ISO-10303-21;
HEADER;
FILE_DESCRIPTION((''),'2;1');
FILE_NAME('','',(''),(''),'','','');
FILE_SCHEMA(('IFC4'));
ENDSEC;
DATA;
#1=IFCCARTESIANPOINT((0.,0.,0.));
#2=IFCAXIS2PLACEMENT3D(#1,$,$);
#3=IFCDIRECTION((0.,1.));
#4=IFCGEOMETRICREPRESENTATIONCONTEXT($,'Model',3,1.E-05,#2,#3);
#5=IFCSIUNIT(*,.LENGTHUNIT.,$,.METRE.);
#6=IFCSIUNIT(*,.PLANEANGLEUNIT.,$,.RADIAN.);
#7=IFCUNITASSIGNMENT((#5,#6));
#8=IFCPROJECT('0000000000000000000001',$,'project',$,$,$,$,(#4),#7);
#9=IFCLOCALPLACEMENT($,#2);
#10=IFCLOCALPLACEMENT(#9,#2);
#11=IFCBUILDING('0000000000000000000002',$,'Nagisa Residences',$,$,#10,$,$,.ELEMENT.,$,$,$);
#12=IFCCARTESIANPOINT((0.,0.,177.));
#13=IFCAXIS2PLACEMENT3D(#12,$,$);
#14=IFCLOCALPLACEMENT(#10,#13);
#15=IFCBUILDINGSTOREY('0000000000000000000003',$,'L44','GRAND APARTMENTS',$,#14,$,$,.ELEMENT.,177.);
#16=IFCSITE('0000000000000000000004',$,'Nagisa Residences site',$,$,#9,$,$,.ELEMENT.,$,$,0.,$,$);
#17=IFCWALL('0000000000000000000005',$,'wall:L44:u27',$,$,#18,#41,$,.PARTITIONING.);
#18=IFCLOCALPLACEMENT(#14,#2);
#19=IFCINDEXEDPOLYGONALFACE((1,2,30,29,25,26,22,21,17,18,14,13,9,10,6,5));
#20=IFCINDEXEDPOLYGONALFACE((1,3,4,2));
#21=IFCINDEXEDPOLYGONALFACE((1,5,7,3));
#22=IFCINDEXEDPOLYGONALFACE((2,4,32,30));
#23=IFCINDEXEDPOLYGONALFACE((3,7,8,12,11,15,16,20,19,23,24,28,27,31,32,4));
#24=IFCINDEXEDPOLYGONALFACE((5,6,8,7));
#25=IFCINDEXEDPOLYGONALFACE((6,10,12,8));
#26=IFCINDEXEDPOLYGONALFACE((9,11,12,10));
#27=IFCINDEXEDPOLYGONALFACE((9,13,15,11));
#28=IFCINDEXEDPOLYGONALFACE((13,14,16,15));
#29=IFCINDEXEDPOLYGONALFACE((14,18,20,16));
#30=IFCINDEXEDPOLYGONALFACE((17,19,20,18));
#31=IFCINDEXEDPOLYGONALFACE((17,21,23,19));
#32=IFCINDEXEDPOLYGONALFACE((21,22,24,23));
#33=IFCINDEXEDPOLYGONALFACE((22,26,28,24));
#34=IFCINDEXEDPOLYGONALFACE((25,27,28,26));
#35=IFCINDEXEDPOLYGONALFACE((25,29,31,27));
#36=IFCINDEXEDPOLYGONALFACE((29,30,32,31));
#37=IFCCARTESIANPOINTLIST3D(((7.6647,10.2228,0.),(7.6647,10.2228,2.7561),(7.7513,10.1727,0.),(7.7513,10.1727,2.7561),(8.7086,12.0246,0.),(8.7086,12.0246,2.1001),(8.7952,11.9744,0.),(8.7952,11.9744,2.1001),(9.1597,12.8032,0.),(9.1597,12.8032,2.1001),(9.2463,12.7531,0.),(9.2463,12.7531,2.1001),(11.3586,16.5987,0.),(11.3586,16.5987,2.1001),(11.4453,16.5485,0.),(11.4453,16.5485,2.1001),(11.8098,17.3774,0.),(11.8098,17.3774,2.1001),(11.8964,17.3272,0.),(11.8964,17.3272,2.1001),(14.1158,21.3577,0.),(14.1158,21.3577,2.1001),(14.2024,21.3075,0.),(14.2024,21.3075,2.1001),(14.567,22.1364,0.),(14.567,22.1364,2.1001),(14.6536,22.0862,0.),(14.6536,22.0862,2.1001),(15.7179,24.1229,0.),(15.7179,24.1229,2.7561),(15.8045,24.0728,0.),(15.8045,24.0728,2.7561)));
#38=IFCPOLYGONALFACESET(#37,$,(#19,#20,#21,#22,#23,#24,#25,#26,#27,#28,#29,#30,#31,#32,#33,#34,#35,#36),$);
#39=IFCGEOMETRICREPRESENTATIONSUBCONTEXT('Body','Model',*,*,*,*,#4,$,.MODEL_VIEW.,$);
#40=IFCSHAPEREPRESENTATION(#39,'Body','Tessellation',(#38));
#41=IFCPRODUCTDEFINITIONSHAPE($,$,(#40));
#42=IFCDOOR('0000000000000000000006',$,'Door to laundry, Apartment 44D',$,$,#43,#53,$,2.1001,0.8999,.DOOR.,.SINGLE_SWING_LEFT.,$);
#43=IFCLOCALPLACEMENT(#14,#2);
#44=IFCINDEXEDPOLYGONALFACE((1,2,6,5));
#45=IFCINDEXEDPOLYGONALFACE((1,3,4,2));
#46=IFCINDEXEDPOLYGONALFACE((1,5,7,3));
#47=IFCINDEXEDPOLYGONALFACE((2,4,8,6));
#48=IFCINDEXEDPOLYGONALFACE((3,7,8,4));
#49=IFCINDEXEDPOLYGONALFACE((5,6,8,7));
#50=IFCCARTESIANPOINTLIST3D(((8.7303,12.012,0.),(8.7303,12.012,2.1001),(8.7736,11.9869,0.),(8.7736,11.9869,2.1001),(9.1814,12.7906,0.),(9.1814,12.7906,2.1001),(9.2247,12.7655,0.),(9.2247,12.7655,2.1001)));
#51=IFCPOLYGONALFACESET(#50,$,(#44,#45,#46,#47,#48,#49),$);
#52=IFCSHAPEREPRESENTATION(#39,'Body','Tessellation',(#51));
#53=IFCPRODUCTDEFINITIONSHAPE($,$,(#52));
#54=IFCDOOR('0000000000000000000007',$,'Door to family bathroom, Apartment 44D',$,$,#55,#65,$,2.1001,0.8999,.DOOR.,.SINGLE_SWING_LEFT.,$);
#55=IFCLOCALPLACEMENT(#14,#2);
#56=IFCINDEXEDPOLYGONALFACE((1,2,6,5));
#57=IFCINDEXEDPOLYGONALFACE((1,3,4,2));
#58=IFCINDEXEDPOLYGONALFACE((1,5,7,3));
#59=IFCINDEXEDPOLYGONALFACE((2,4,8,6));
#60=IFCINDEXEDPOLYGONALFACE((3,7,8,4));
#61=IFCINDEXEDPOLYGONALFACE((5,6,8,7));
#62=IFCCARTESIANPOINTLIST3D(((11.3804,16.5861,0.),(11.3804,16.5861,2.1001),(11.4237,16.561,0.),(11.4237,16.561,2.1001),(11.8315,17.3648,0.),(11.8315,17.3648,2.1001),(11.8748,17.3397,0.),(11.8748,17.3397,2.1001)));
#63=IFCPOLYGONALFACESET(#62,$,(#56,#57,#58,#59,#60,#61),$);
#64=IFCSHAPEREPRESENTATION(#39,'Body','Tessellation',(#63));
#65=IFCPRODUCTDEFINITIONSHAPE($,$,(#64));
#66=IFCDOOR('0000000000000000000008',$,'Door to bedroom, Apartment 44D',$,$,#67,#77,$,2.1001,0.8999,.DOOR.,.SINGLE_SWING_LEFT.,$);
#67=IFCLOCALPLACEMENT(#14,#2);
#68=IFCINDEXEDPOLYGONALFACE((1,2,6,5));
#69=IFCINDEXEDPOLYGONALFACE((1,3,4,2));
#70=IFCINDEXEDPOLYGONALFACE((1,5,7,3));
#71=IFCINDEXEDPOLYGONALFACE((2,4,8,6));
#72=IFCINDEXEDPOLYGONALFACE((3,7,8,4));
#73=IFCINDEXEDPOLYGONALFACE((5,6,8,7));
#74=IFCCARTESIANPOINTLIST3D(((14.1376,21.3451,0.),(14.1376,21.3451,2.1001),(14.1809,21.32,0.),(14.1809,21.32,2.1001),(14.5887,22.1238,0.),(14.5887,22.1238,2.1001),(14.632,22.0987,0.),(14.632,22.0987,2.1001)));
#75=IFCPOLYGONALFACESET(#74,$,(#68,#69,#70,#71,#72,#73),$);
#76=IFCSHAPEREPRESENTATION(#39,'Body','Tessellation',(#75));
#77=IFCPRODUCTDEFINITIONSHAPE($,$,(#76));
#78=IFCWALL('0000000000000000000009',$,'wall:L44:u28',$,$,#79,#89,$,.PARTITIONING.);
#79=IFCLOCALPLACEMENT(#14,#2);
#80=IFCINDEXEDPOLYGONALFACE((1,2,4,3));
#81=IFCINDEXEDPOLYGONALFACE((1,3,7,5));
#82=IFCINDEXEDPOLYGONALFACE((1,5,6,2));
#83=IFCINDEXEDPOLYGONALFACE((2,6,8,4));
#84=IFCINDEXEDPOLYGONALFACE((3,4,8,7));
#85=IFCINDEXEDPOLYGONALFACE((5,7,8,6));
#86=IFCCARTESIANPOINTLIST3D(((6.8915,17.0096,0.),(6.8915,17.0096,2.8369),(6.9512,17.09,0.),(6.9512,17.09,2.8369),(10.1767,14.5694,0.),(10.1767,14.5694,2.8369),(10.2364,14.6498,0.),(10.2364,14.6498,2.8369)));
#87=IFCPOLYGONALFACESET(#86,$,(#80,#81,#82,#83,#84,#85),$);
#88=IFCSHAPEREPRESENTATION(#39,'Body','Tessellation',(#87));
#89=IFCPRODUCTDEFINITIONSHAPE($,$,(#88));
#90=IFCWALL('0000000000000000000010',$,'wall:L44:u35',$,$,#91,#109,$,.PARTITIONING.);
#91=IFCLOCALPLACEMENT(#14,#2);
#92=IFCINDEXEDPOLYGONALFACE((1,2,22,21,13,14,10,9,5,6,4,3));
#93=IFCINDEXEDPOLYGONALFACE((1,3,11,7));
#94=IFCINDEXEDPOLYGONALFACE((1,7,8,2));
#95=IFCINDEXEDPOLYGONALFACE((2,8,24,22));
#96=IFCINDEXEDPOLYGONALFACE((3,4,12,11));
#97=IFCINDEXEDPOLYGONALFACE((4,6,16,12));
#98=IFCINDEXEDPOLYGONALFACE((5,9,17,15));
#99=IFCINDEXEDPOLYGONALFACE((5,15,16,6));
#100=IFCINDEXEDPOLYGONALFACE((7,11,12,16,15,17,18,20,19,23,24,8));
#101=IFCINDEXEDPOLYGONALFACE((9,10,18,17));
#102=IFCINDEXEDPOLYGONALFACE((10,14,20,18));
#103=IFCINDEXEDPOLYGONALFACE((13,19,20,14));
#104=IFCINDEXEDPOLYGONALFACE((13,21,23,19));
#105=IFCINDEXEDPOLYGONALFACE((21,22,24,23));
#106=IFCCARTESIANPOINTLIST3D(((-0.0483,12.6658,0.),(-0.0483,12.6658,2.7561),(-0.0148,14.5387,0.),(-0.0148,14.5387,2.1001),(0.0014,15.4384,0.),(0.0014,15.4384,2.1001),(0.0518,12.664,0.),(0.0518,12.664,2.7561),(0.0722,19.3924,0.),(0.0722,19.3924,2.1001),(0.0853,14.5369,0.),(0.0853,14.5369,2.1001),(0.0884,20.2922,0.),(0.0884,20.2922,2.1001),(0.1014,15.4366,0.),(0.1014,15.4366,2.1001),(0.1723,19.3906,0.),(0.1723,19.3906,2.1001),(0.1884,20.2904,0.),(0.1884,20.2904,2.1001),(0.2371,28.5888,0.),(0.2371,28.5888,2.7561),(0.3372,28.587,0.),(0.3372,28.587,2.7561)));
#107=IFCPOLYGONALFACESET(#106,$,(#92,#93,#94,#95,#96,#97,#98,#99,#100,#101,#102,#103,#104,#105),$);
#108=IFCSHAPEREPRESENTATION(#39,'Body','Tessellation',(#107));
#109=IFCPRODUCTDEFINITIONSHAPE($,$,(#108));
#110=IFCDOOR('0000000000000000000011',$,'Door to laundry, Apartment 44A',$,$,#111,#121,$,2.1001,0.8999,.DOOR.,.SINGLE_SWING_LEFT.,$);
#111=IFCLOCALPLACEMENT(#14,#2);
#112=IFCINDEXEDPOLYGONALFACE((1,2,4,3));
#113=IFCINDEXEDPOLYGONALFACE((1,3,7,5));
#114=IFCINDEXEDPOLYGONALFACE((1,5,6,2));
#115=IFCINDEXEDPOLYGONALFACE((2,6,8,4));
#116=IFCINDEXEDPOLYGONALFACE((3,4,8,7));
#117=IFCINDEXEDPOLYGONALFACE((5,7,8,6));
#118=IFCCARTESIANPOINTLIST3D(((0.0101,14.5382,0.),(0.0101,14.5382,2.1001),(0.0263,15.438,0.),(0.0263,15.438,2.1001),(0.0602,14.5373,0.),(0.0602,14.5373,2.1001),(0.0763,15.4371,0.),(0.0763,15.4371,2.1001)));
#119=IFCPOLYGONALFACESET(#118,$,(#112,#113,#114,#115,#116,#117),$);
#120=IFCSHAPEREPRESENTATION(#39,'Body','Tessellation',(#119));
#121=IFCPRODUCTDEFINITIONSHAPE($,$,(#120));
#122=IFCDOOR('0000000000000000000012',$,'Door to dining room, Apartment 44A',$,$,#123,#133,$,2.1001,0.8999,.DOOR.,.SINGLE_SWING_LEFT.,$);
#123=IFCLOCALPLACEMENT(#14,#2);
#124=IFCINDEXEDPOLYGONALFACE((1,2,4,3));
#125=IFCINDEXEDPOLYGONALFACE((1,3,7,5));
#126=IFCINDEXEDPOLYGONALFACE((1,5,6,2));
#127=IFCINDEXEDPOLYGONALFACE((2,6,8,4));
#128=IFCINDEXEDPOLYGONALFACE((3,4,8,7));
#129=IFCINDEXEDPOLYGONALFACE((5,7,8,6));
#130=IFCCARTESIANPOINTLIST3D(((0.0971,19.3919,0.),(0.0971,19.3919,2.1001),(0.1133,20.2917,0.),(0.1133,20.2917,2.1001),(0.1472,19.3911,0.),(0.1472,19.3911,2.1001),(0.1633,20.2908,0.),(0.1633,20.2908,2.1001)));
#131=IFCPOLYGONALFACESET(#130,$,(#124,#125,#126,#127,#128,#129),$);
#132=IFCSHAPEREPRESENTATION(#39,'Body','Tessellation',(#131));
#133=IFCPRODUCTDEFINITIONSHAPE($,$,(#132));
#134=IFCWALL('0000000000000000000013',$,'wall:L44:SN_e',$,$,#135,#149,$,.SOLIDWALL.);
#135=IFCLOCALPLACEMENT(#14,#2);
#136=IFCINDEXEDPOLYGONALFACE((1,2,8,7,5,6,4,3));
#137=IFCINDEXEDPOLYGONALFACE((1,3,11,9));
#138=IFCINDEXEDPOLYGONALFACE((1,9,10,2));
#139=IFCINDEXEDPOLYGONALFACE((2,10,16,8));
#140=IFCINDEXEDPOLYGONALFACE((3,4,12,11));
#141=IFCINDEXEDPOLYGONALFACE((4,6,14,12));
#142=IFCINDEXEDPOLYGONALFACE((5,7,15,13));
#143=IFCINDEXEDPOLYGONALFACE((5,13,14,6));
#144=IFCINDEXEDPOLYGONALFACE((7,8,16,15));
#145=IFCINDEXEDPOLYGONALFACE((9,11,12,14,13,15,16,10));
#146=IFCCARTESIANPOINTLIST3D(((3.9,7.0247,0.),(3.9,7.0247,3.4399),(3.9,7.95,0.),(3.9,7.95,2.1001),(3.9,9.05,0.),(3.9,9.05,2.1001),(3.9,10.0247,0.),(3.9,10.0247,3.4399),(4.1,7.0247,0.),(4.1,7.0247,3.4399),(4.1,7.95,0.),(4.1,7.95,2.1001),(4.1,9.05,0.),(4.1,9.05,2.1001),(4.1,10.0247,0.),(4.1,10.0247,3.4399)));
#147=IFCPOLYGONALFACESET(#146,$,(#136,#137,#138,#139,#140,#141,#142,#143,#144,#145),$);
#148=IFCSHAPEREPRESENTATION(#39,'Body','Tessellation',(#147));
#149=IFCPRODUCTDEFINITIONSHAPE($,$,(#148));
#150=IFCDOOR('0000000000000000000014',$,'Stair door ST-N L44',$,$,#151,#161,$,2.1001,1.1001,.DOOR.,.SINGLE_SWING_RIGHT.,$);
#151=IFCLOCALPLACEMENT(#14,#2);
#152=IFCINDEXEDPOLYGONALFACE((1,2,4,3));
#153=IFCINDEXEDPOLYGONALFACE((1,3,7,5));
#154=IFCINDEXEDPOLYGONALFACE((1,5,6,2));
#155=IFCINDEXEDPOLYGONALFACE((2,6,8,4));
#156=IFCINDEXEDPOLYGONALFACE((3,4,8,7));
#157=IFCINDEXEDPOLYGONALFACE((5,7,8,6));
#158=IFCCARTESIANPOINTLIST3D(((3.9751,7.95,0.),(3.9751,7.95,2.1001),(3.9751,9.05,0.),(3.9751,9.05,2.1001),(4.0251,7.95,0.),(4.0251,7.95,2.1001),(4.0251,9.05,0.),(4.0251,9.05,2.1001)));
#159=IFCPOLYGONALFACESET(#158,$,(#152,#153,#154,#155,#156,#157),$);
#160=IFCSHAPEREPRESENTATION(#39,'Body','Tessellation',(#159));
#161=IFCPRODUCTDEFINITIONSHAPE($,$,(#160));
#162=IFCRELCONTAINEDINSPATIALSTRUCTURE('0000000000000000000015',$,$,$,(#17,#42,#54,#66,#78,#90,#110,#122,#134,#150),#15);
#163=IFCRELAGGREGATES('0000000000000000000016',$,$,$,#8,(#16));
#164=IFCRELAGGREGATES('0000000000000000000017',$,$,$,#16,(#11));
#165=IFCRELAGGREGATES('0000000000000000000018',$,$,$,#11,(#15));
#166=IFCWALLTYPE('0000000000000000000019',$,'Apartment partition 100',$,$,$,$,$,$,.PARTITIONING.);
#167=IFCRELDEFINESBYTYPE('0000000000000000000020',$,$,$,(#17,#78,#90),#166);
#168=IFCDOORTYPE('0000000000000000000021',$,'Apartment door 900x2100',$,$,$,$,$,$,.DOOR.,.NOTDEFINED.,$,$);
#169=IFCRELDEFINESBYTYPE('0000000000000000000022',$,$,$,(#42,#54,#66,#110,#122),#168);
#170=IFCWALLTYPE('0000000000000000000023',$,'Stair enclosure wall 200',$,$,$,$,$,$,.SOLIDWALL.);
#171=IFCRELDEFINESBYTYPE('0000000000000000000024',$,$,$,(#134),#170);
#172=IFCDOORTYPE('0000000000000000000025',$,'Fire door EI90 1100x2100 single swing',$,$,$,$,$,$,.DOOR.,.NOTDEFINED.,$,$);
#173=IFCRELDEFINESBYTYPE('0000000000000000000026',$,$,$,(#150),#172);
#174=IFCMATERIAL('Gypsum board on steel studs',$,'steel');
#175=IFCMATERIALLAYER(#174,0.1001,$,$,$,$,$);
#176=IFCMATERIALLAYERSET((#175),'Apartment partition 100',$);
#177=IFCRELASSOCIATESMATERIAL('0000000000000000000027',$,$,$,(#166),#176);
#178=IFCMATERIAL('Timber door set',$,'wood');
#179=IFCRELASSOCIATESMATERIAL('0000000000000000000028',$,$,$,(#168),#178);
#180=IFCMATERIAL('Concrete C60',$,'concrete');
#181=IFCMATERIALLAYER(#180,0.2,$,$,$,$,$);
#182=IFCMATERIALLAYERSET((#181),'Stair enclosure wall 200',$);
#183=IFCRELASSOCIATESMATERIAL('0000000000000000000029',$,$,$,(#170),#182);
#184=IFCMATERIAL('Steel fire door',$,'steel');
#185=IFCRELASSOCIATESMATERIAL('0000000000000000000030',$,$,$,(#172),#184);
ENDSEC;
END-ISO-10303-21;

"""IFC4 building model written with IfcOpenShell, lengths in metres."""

from ifc_helpers import new_model, si_unit, direction, frame, frame_2d, origin, place, context, subcontext, project, spatial, rectangle, extrude, material, layer, layer_set, type_object, element, fill, save


model = new_model("IFC4")

# Units and contexts
model_context = context("Model", 3, precision=1e-05, world=origin(), true_north=direction((0.0, 1.0)))
body_context = subcontext(model_context, "Body", "Model", "MODEL_VIEW")
ifc_project = project(units=[si_unit("LENGTHUNIT", "METRE"), si_unit("PLANEANGLEUNIT", "RADIAN")], contexts=[model_context])

# Site, building, storey
site_placement = place(None, origin())
site = spatial("IfcSite", under=ifc_project, at=site_placement, Name="Nagisa Residences site", CompositionType="ELEMENT", RefElevation=0.0)
building_placement = place(site_placement, origin())
building = spatial("IfcBuilding", under=site, at=building_placement, Name="Nagisa Residences", CompositionType="ELEMENT")
storey_placement = place(building_placement, frame((0.0, 0.0, 177.0)))
storey = spatial("IfcBuildingStorey", under=building, at=storey_placement, Name="L44", Description="GRAND APARTMENTS", CompositionType="ELEMENT", Elevation=177.0)

# Wall, openings, doors
ifc_material_1 = material(Name="Gypsum board on steel studs", Category="steel")
ifc_layer_1 = layer(ifc_material_1, 0.1001)
ifc_layer_set_1 = layer_set([ifc_layer_1], Name="Apartment partition 100")
wall_type_1 = type_object("IfcWallType", Name="Apartment partition 100", PredefinedType="PARTITIONING", material=ifc_layer_set_1)
ifc_material_2 = material(Name="Timber door set", Category="wood")
door_type_1 = type_object("IfcDoorType", Name="Apartment door 900x2100", OperationType="NOTDEFINED", PredefinedType="DOOR", material=ifc_material_2)
wall_1_placement = place(storey_placement, frame((7.708, 10.1978, 0.0), z_axis=(0.0, 0.0, 1.0), x_axis=(0.501305, 0.865271, 0.0)))
wall_1 = element("IfcWall", 1, at=wall_1_placement, inside=storey, type_object=wall_type_1, Name="wall:L44:u27", PredefinedType="PARTITIONING", context=body_context, shape_type="SweptSolid", body=[
    extrude(rectangle(XDim=16.0645, YDim=0.1001, at=frame_2d((8.0322, 0.0))), origin(), (0.0, 0.0, 1.0), 2.7561),
])
opening_1_placement = place(wall_1_placement, frame((2.0823, 0.0, 0.0)))
opening_1 = element("IfcOpeningElement", 2, at=opening_1_placement, cuts=wall_1, PredefinedType="OPENING", context=body_context, shape_type="SweptSolid", body=[
    extrude(rectangle(XDim=0.8999, YDim=2.1001, at=frame_2d((0.45, 1.05))), frame((0.0, 0.0601, 0.0), z_axis=(0.0, -1.0, 0.0), x_axis=(1.0, 0.0, 0.0)), (0.0, 0.0, 1.0), 0.1201),
])
opening_2_placement = place(wall_1_placement, frame((7.3687, 0.0, 0.0)))
opening_2 = element("IfcOpeningElement", 3, at=opening_2_placement, cuts=wall_1, PredefinedType="OPENING", context=body_context, shape_type="SweptSolid", body=[
    extrude(rectangle(XDim=0.8999, YDim=2.1001, at=frame_2d((0.45, 1.05))), frame((0.0, 0.0601, 0.0), z_axis=(0.0, -1.0, 0.0), x_axis=(1.0, 0.0, 0.0)), (0.0, 0.0, 1.0), 0.1201),
])
opening_3_placement = place(wall_1_placement, frame((12.8687, 0.0, 0.0)))
opening_3 = element("IfcOpeningElement", 4, at=opening_3_placement, cuts=wall_1, PredefinedType="OPENING", context=body_context, shape_type="SweptSolid", body=[
    extrude(rectangle(XDim=0.8999, YDim=2.1001, at=frame_2d((0.45, 1.05))), frame((0.0, 0.0601, 0.0), z_axis=(0.0, -1.0, 0.0), x_axis=(1.0, 0.0, 0.0)), (0.0, 0.0, 1.0), 0.1201),
])
door_1_placement = place(opening_1_placement, origin())
door_1 = element("IfcDoor", 5, at=door_1_placement, inside=storey, type_object=door_type_1, Name="Door to laundry, Apartment 44D", OperationType="SINGLE_SWING_LEFT", OverallHeight=2.1001, OverallWidth=0.8999, PredefinedType="DOOR", context=body_context, shape_type="SweptSolid", body=[
    extrude(rectangle(XDim=0.8999, YDim=2.1001, at=frame_2d((0.45, 1.05))), frame((0.0, 0.0249, 0.0), z_axis=(0.0, -1.0, 0.0), x_axis=(1.0, 0.0, 0.0)), (0.0, 0.0, 1.0), 0.05),
])
fill(opening_1, door_1)
door_2_placement = place(opening_2_placement, origin())
door_2 = element("IfcDoor", 6, at=door_2_placement, inside=storey, type_object=door_type_1, Name="Door to family bathroom, Apartment 44D", OperationType="SINGLE_SWING_LEFT", OverallHeight=2.1001, OverallWidth=0.8999, PredefinedType="DOOR", context=body_context, shape_type="SweptSolid", body=[
    extrude(rectangle(XDim=0.8999, YDim=2.1001, at=frame_2d((0.45, 1.05))), frame((0.0, 0.0249, 0.0), z_axis=(0.0, -1.0, 0.0), x_axis=(1.0, 0.0, 0.0)), (0.0, 0.0, 1.0), 0.05),
])
fill(opening_2, door_2)
door_3_placement = place(opening_3_placement, origin())
door_3 = element("IfcDoor", 7, at=door_3_placement, inside=storey, type_object=door_type_1, Name="Door to bedroom, Apartment 44D", OperationType="SINGLE_SWING_LEFT", OverallHeight=2.1001, OverallWidth=0.8999, PredefinedType="DOOR", context=body_context, shape_type="SweptSolid", body=[
    extrude(rectangle(XDim=0.8999, YDim=2.1001, at=frame_2d((0.45, 1.05))), frame((0.0, 0.0249, 0.0), z_axis=(0.0, -1.0, 0.0), x_axis=(1.0, 0.0, 0.0)), (0.0, 0.0, 1.0), 0.05),
])
fill(opening_3, door_3)

# Wall
wall_2_placement = place(storey_placement, frame((10.2065, 14.6096, 0.0), z_axis=(0.0, 0.0, 1.0), x_axis=(-0.802769, 0.59629, 0.0)))
element("IfcWall", 8, at=wall_2_placement, inside=storey, type_object=wall_type_1, Name="wall:L44:u28", PredefinedType="PARTITIONING", context=body_context, shape_type="SweptSolid", body=[
    extrude(rectangle(XDim=4.0923, YDim=0.1001, at=frame_2d((2.0461, 0.0))), origin(), (0.0, 0.0, 1.0), 2.8369),
])

# Wall, openings, doors
wall_3_placement = place(storey_placement, frame((0.0017, 12.6648, 0.0), z_axis=(0.0, 0.0, 1.0), x_axis=(0.017921, 0.999839, 0.0)))
wall_3 = element("IfcWall", 9, at=wall_3_placement, inside=storey, type_object=wall_type_1, Name="wall:L44:u35", PredefinedType="PARTITIONING", context=body_context, shape_type="SweptSolid", body=[
    extrude(rectangle(XDim=15.9255, YDim=0.1001, at=frame_2d((7.9629, 0.0))), origin(), (0.0, 0.0, 1.0), 2.7561),
])
opening_4_placement = place(wall_3_placement, frame((1.8733, 0.0, 0.0)))
opening_4 = element("IfcOpeningElement", 10, at=opening_4_placement, cuts=wall_3, PredefinedType="OPENING", context=body_context, shape_type="SweptSolid", body=[
    extrude(rectangle(XDim=0.8999, YDim=2.1001, at=frame_2d((0.45, 1.05))), frame((0.0, 0.0601, 0.0), z_axis=(0.0, -1.0, 0.0), x_axis=(1.0, 0.0, 0.0)), (0.0, 0.0, 1.0), 0.1201),
])
opening_5_placement = place(wall_3_placement, frame((6.7278, 0.0, 0.0)))
opening_5 = element("IfcOpeningElement", 11, at=opening_5_placement, cuts=wall_3, PredefinedType="OPENING", context=body_context, shape_type="SweptSolid", body=[
    extrude(rectangle(XDim=0.8999, YDim=2.1001, at=frame_2d((0.45, 1.05))), frame((0.0, 0.0601, 0.0), z_axis=(0.0, -1.0, 0.0), x_axis=(1.0, 0.0, 0.0)), (0.0, 0.0, 1.0), 0.1201),
])
door_4_placement = place(opening_4_placement, frame((0.8999, 0.0, 0.0), x_axis=(-1.0, 0.0, 0.0)))
door_4 = element("IfcDoor", 12, at=door_4_placement, inside=storey, type_object=door_type_1, Name="Door to laundry, Apartment 44A", OperationType="SINGLE_SWING_LEFT", OverallHeight=2.1001, OverallWidth=0.8999, PredefinedType="DOOR", context=body_context, shape_type="SweptSolid", body=[
    extrude(rectangle(XDim=0.8999, YDim=2.1001, at=frame_2d((0.45, 1.05))), frame((0.0, 0.0249, 0.0), z_axis=(0.0, -1.0, 0.0), x_axis=(1.0, 0.0, 0.0)), (0.0, 0.0, 1.0), 0.05),
])
fill(opening_4, door_4)
door_5_placement = place(opening_5_placement, frame((0.8999, 0.0, 0.0), x_axis=(-1.0, 0.0, 0.0)))
door_5 = element("IfcDoor", 13, at=door_5_placement, inside=storey, type_object=door_type_1, Name="Door to dining room, Apartment 44A", OperationType="SINGLE_SWING_LEFT", OverallHeight=2.1001, OverallWidth=0.8999, PredefinedType="DOOR", context=body_context, shape_type="SweptSolid", body=[
    extrude(rectangle(XDim=0.8999, YDim=2.1001, at=frame_2d((0.45, 1.05))), frame((0.0, 0.0249, 0.0), z_axis=(0.0, -1.0, 0.0), x_axis=(1.0, 0.0, 0.0)), (0.0, 0.0, 1.0), 0.05),
])
fill(opening_5, door_5)

# Wall, opening, door
ifc_material_3 = material(Name="Concrete C60", Category="concrete")
ifc_layer_2 = layer(ifc_material_3, 0.2)
ifc_layer_set_2 = layer_set([ifc_layer_2], Name="Stair enclosure wall 200")
wall_type_2 = type_object("IfcWallType", Name="Stair enclosure wall 200", PredefinedType="SOLIDWALL", material=ifc_layer_set_2)
wall_4_placement = place(storey_placement, frame((4.0, 7.0247, 0.0), z_axis=(0.0, 0.0, 1.0), x_axis=(0.0, 1.0, 0.0)))
wall_4 = element("IfcWall", 14, at=wall_4_placement, inside=storey, type_object=wall_type_2, Name="wall:L44:SN_e", PredefinedType="SOLIDWALL", context=body_context, shape_type="SweptSolid", body=[
    extrude(rectangle(XDim=3.0, YDim=0.2, at=frame_2d((1.5, 0.0))), origin(), (0.0, 0.0, 1.0), 3.4399),
])
opening_6_placement = place(wall_4_placement, frame((0.9253, 0.0, 0.0)))
opening_6 = element("IfcOpeningElement", 15, at=opening_6_placement, cuts=wall_4, PredefinedType="OPENING", context=body_context, shape_type="SweptSolid", body=[
    extrude(rectangle(XDim=1.1001, YDim=2.1001, at=frame_2d((0.55, 1.05))), frame((0.0, 0.1099, 0.0), z_axis=(0.0, -1.0, 0.0), x_axis=(1.0, 0.0, 0.0)), (0.0, 0.0, 1.0), 0.22),
])
ifc_material_4 = material(Name="Steel fire door", Category="steel")
door_type_2 = type_object("IfcDoorType", Name="Fire door EI90 1100x2100 single swing", OperationType="NOTDEFINED", PredefinedType="DOOR", material=ifc_material_4)
door_6_placement = place(opening_6_placement, origin())
door_6 = element("IfcDoor", 16, at=door_6_placement, inside=storey, type_object=door_type_2, Name="Stair door ST-N L44", OperationType="SINGLE_SWING_RIGHT", OverallHeight=2.1001, OverallWidth=1.1001, PredefinedType="DOOR", context=body_context, shape_type="SweptSolid", body=[
    extrude(rectangle(XDim=1.1001, YDim=2.1001, at=frame_2d((0.55, 1.05))), frame((0.0, 0.0249, 0.0), z_axis=(0.0, -1.0, 0.0), x_axis=(1.0, 0.0, 0.0)), (0.0, 0.0, 1.0), 0.05),
])
fill(opening_6, door_6)

save(model, "model.ifc")
